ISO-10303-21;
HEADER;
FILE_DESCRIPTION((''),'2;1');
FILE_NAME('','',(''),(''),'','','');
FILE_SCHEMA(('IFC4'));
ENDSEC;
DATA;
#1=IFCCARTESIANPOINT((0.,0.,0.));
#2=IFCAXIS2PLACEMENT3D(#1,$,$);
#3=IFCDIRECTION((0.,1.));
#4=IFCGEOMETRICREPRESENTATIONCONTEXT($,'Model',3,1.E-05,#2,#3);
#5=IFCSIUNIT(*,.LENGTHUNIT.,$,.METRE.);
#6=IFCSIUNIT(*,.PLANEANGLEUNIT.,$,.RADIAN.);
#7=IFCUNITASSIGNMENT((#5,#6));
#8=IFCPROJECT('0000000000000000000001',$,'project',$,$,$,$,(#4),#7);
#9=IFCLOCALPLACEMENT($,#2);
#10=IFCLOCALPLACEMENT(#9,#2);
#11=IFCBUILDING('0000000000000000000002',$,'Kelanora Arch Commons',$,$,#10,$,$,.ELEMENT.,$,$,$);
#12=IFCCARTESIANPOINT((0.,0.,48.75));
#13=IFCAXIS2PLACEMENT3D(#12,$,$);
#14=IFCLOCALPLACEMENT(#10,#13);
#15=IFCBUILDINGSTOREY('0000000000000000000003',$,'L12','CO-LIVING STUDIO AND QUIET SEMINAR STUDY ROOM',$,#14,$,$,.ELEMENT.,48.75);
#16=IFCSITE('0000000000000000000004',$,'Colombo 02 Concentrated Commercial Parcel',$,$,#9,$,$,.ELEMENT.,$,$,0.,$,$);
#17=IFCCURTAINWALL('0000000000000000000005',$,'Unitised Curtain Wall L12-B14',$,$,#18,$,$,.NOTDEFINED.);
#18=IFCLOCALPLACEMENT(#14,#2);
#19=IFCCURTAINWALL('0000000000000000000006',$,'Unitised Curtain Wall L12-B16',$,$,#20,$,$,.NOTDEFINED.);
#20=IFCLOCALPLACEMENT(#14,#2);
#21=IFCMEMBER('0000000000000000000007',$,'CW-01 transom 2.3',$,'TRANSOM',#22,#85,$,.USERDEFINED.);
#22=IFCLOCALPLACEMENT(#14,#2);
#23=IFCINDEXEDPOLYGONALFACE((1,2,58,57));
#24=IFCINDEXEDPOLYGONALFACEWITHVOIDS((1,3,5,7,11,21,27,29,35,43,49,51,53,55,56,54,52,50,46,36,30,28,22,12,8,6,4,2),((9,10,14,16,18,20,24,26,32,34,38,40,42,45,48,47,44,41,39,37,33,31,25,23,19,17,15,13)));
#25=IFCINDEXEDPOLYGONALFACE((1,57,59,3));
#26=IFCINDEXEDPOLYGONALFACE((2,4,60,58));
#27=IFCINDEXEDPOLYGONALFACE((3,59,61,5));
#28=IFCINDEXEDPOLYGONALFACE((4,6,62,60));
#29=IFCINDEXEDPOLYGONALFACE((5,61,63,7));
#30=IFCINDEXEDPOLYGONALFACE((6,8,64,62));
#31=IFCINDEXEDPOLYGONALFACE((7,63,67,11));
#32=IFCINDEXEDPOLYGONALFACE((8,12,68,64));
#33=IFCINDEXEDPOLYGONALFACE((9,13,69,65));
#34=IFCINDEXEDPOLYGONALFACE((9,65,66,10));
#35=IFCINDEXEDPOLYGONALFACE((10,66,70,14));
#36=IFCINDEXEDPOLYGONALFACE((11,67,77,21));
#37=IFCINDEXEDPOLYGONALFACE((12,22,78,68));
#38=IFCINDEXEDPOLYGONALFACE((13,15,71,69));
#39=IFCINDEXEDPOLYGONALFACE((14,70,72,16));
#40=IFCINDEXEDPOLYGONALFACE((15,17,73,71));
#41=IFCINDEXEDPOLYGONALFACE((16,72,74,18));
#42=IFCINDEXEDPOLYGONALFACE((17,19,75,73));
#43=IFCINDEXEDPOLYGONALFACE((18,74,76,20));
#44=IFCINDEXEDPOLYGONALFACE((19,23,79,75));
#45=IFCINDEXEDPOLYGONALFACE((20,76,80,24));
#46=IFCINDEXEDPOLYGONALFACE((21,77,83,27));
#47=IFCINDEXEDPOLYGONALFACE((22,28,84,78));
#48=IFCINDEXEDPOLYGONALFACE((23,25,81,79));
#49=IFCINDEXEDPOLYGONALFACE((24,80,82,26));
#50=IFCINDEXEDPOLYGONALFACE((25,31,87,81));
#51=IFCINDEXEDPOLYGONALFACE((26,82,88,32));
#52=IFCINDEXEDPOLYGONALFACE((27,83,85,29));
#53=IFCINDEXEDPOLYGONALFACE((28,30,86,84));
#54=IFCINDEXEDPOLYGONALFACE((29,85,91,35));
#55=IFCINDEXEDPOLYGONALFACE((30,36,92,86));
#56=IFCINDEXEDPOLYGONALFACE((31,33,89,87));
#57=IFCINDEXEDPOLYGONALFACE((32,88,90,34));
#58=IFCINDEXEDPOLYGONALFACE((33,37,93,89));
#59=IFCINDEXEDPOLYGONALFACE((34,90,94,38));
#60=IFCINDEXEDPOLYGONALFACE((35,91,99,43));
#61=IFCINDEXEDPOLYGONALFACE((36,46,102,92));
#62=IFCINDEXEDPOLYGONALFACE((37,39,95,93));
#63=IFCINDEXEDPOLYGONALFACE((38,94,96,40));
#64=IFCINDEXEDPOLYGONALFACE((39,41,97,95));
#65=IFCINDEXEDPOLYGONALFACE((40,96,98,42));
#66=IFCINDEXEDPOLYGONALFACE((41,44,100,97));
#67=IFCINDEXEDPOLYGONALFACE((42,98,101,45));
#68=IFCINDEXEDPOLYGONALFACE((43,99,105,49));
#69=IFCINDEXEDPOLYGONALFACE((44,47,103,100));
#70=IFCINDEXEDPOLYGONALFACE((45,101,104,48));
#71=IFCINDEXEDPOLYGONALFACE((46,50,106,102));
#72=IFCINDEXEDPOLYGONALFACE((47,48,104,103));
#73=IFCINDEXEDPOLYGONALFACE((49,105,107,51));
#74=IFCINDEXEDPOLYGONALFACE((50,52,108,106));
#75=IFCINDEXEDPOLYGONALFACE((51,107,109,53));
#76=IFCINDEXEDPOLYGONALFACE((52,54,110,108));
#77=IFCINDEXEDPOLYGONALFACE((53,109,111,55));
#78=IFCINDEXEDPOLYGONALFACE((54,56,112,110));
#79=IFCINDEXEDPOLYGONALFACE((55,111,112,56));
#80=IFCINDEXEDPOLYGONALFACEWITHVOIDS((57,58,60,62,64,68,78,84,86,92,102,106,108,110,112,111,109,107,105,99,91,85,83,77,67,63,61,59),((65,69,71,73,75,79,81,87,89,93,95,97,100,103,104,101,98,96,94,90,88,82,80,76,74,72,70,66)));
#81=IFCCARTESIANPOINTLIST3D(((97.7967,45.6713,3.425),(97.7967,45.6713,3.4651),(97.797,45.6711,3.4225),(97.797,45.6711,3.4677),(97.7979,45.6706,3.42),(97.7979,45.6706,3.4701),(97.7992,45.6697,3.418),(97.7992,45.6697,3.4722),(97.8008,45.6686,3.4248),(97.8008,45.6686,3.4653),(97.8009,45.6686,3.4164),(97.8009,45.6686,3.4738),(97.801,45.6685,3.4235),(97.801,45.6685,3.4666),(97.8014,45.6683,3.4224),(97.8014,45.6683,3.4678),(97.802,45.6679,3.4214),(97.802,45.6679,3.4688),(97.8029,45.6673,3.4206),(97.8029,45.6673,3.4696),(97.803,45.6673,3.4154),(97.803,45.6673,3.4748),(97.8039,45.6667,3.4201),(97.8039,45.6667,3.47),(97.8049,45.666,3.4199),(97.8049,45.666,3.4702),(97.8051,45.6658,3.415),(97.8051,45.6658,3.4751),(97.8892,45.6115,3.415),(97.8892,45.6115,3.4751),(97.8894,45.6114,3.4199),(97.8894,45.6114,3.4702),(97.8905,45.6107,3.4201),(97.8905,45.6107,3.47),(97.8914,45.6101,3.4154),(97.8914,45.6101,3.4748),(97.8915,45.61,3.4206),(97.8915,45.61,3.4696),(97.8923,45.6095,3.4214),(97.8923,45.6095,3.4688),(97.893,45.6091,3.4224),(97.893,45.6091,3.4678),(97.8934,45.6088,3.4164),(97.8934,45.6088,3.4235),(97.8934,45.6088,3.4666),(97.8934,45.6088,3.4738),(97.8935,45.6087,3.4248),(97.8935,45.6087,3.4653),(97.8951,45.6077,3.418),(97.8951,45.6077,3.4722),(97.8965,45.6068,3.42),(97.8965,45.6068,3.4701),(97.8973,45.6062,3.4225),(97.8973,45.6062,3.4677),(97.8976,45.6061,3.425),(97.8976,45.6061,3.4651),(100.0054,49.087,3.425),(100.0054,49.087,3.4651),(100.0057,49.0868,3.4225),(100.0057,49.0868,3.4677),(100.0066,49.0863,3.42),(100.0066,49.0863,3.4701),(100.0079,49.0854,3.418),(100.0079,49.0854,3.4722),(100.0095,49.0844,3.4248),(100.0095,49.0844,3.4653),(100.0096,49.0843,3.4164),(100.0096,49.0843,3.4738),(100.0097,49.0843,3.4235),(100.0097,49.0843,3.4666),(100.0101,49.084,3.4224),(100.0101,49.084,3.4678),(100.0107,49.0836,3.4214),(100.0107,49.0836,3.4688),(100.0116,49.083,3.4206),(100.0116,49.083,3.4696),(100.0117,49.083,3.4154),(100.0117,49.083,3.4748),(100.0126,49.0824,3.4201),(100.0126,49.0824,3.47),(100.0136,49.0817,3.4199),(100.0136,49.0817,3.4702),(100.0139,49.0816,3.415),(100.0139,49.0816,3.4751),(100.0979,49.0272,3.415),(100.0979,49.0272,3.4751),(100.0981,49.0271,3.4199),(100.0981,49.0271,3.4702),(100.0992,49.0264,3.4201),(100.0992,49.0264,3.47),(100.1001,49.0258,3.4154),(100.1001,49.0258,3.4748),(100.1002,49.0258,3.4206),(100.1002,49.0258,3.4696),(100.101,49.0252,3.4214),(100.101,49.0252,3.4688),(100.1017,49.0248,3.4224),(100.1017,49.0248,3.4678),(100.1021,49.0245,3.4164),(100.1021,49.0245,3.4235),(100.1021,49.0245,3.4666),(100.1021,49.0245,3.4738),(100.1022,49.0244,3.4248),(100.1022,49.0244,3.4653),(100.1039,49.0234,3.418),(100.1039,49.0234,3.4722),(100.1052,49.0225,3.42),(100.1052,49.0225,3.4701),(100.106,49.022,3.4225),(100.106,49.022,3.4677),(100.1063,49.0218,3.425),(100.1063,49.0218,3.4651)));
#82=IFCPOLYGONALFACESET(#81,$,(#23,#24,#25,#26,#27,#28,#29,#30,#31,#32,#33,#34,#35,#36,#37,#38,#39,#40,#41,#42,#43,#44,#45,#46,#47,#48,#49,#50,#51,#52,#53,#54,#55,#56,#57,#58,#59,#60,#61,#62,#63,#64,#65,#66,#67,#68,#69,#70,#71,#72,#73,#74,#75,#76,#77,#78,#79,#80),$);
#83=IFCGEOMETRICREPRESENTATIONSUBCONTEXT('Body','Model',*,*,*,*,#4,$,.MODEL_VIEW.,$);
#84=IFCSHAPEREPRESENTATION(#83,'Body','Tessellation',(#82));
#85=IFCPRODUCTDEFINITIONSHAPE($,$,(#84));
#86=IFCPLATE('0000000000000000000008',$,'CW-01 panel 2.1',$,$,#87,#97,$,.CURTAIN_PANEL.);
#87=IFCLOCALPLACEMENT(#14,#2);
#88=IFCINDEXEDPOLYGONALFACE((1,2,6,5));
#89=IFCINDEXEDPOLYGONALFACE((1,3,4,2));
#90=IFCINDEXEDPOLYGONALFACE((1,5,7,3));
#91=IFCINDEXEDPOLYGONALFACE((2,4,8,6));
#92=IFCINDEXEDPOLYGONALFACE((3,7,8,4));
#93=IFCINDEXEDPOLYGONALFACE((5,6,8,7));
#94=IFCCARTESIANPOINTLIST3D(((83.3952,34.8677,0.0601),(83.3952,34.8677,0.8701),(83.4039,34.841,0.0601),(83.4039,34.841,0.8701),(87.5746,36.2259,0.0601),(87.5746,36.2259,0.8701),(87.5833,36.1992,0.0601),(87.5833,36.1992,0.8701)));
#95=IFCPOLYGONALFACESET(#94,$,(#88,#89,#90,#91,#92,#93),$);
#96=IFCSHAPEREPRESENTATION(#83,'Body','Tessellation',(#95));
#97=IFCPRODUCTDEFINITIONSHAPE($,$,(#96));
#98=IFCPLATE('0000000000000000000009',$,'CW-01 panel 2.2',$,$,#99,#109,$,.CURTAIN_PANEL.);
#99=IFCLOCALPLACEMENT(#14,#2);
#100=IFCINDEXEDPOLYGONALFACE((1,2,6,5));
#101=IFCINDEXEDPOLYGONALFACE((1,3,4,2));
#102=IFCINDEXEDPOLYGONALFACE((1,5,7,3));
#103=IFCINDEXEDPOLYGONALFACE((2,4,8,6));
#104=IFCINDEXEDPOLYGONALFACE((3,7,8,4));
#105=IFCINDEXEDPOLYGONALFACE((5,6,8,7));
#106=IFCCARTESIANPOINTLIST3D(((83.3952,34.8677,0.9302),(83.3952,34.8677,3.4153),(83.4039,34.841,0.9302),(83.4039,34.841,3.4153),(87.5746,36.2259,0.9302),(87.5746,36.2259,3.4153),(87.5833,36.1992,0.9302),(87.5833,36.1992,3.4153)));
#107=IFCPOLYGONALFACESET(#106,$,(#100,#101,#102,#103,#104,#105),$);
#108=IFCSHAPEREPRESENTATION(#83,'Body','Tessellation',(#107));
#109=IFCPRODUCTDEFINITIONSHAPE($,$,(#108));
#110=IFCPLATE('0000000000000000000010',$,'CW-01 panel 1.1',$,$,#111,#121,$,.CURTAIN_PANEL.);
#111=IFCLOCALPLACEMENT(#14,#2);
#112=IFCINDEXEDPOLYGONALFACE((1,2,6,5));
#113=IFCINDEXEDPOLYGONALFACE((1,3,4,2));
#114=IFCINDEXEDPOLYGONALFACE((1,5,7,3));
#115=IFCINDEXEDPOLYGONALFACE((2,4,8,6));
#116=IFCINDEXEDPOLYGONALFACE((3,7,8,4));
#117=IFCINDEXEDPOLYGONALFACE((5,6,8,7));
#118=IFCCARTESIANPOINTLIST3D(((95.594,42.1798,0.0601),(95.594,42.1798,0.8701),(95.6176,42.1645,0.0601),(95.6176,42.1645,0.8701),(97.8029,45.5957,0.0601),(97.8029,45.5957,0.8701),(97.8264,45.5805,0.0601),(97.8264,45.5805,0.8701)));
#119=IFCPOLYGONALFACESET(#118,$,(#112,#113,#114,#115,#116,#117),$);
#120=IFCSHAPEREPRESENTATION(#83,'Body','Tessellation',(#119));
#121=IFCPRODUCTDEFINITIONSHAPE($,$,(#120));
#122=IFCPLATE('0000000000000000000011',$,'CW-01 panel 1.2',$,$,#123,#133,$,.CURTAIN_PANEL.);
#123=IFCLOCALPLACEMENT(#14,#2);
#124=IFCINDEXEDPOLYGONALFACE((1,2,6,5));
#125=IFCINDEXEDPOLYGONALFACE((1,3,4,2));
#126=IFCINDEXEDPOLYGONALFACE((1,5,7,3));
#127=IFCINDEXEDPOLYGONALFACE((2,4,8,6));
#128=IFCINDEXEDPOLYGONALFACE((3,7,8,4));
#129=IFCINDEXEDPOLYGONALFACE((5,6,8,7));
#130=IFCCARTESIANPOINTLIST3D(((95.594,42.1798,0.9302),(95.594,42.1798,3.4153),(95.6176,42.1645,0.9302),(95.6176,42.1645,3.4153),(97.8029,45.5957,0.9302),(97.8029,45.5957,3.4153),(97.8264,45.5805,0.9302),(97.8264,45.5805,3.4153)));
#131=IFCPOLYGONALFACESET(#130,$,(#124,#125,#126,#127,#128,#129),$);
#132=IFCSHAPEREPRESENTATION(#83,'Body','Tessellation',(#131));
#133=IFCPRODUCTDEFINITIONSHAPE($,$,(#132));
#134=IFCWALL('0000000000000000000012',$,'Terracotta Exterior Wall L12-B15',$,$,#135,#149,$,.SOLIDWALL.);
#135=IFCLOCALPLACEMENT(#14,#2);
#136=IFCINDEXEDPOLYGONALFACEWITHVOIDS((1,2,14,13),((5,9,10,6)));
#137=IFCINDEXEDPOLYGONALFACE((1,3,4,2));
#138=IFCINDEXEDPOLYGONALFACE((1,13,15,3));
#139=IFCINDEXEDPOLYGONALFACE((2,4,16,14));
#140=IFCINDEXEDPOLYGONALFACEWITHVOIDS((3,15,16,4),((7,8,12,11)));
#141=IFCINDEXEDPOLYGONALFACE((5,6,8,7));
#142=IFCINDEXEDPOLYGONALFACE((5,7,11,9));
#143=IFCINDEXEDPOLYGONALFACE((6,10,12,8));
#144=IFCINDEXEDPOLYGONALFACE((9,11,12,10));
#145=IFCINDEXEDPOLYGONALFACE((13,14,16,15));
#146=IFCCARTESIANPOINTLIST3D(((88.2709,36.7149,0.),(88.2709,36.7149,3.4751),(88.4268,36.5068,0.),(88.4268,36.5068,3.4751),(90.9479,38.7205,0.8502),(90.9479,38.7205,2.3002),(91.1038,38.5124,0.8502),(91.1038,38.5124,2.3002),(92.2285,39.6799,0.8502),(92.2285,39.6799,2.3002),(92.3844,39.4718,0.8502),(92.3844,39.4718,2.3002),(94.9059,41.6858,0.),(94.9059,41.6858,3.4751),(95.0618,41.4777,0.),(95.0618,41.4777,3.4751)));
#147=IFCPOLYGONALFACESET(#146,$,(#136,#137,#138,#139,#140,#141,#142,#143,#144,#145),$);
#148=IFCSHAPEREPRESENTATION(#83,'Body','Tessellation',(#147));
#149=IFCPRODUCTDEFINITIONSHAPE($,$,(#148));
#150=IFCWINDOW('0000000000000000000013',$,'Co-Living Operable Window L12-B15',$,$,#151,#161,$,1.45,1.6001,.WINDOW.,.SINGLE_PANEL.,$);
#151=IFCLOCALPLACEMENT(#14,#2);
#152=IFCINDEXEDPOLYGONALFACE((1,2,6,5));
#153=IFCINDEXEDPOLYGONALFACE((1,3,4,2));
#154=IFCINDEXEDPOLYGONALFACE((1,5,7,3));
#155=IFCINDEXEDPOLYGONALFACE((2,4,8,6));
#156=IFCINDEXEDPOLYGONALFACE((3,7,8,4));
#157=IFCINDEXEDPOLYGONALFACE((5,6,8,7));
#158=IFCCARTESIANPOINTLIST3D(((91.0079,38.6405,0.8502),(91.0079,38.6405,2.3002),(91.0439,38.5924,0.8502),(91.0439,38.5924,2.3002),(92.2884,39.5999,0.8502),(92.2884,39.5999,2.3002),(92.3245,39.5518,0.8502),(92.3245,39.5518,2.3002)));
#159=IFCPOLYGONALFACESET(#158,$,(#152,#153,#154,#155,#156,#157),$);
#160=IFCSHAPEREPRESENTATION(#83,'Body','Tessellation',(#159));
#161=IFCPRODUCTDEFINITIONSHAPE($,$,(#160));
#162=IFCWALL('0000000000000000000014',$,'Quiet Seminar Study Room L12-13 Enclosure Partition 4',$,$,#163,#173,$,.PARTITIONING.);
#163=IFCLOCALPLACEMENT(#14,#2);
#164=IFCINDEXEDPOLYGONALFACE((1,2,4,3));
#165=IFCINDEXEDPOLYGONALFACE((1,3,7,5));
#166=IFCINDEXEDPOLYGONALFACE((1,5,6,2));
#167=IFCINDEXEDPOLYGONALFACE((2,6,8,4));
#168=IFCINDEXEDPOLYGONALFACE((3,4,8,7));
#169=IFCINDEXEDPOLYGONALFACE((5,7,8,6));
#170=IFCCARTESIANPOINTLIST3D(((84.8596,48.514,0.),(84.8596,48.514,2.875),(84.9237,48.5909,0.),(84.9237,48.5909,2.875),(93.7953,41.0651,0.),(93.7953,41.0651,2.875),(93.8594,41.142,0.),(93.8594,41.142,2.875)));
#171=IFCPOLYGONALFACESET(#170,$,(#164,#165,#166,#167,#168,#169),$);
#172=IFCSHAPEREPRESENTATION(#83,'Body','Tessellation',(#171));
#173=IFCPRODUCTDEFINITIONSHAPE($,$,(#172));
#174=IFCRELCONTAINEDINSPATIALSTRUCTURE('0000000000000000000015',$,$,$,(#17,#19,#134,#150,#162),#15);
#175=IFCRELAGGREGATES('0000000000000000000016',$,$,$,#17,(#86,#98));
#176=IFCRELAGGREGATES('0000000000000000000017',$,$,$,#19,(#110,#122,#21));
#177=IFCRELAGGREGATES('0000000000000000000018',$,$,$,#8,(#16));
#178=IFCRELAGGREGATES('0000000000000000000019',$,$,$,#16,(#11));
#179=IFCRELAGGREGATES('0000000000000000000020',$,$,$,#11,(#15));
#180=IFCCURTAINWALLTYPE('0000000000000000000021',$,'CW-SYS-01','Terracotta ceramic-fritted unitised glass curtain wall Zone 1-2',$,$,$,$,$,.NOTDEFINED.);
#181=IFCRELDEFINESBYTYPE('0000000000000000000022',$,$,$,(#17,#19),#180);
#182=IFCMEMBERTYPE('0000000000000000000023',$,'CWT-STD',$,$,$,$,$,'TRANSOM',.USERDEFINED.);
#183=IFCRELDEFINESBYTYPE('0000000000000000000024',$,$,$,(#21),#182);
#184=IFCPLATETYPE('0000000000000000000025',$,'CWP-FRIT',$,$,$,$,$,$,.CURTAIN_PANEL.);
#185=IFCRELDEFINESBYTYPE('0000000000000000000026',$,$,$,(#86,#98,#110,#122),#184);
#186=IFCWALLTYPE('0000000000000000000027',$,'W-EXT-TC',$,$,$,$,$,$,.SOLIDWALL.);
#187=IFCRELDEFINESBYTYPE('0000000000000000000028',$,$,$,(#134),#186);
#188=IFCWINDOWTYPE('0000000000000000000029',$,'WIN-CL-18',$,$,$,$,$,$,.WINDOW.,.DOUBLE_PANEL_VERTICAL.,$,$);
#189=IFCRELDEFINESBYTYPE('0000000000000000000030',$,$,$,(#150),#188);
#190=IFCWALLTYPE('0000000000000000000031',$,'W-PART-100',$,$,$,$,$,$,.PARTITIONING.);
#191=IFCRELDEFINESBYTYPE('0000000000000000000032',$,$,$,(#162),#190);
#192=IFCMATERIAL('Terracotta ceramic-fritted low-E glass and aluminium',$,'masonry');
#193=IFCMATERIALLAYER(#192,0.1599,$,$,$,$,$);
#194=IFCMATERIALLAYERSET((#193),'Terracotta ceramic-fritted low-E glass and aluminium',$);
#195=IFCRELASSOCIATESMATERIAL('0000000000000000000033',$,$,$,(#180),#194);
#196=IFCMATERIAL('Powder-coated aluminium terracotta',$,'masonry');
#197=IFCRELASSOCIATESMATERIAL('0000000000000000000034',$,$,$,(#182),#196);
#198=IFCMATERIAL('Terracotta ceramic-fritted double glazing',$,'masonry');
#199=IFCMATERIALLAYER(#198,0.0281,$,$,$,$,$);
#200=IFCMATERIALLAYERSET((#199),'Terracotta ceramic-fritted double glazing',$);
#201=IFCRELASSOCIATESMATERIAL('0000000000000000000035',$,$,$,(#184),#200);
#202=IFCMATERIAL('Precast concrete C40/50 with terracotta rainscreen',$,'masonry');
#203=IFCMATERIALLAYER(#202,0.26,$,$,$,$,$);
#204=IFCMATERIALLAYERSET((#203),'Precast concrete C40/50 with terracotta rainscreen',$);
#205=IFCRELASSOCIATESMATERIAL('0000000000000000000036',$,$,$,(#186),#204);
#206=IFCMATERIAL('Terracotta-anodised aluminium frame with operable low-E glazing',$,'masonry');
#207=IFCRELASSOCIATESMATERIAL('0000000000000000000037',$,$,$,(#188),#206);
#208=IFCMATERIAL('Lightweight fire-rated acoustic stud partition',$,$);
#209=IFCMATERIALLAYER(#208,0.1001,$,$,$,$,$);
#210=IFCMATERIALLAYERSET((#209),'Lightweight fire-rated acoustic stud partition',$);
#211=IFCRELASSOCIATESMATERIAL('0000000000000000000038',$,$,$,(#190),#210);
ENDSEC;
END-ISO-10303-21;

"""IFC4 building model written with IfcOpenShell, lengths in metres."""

from ifc_helpers import new_model, si_unit, direction, frame, frame_2d, origin, origin_2d, place, context, subcontext, project, spatial, rectangle, hollow_rectangle, extrude, source, transform, mapped, material, layer, layer_set, material_profile, profile_set, type_object, element, fill, aggregate, save


model = new_model("IFC4")

# Units and contexts
model_context = context("Model", 3, precision=1e-05, world=origin(), true_north=direction((0.0, 1.0)))
body_context = subcontext(model_context, "Body", "Model", "MODEL_VIEW")
ifc_project = project(units=[si_unit("LENGTHUNIT", "METRE"), si_unit("PLANEANGLEUNIT", "RADIAN")], contexts=[model_context])

# Site, building, storey
site_placement = place(None, origin())
site = spatial("IfcSite", under=ifc_project, at=site_placement, Name="Colombo 02 Concentrated Commercial Parcel", CompositionType="ELEMENT", RefElevation=0.0)
building_placement = place(site_placement, origin())
building = spatial("IfcBuilding", under=site, at=building_placement, Name="Kelanora Arch Commons", CompositionType="ELEMENT")
storey_placement = place(building_placement, frame((0.0, 0.0, 48.75)))
storey = spatial("IfcBuildingStorey", under=building, at=storey_placement, Name="L12", Description="CO-LIVING STUDIO AND QUIET SEMINAR STUDY ROOM", CompositionType="ELEMENT", Elevation=48.75)

# Curtain wall
ifc_material_1 = material(Name="Terracotta ceramic-fritted low-E glass and aluminium", Category="masonry")
ifc_layer_1 = layer(ifc_material_1, 0.1599)
ifc_layer_set_1 = layer_set([ifc_layer_1], Name="Terracotta ceramic-fritted low-E glass and aluminium")
curtain_wall_type = type_object("IfcCurtainWallType", Name="CW-SYS-01", Description="Terracotta ceramic-fritted unitised glass curtain wall Zone 1-2", PredefinedType="NOTDEFINED", material=ifc_layer_set_1)
curtain_wall_1_placement = place(storey_placement, origin())
curtain_wall_1 = element("IfcCurtainWall", 1, at=curtain_wall_1_placement, inside=storey, type_object=curtain_wall_type, Name="Unitised Curtain Wall L12-B14", PredefinedType="NOTDEFINED")
ifc_material_2 = material(Name="Powder-coated aluminium terracotta", Category="masonry")

# Curtain wall, member
curtain_wall_2_placement = place(storey_placement, origin())
curtain_wall_2 = element("IfcCurtainWall", 2, at=curtain_wall_2_placement, inside=storey, type_object=curtain_wall_type, Name="Unitised Curtain Wall L12-B16", PredefinedType="NOTDEFINED")
ifc_material_profile_1 = material_profile(ifc_material_2, hollow_rectangle(XDim=0.1201, YDim=0.0601, WallThickness=0.0049, InnerFilletRadius=0.0049, OuterFilletRadius=0.01, at=origin_2d()), Name="CWT120x60")
ifc_profile_set_1 = profile_set([ifc_material_profile_1], Name="Powder-coated aluminium terracotta")
member_type_1 = type_object("IfcMemberType", Name="CWT-STD", ElementType="TRANSOM", PredefinedType="USERDEFINED", material=ifc_profile_set_1)
member_1_placement = place(storey_placement, frame((97.8472, 45.6387, 3.4451), z_axis=(0.542997, 0.839734, 0.0), x_axis=(-0.839734, 0.542997, 0.0)))
member_1 = element("IfcMember", 3, at=member_1_placement, type_object=member_type_1, Name="CW-01 transom 2.3", ObjectType="TRANSOM", PredefinedType="USERDEFINED", context=body_context, shape_type="SweptSolid", body=[
    extrude(hollow_rectangle(XDim=0.1201, YDim=0.0601, WallThickness=0.0049, InnerFilletRadius=0.0049, OuterFilletRadius=0.01, at=origin_2d()), origin(), (0.0, 0.0, 1.0), 4.0676),
])

# Plates
ifc_material_3 = material(Name="Terracotta ceramic-fritted double glazing", Category="masonry")
ifc_layer_2 = layer(ifc_material_3, 0.0281)
ifc_layer_set_2 = layer_set([ifc_layer_2], Name="Terracotta ceramic-fritted double glazing")
plate_type = type_object("IfcPlateType", Name="CWP-FRIT", PredefinedType="CURTAIN_PANEL", material=ifc_layer_set_2)
shared_shape_1 = source(origin(), body_context, "Body", "SweptSolid", [
    extrude(rectangle(XDim=4.3945, YDim=0.0281, at=origin_2d()), origin(), (0.0, 0.0, 1.0), 0.8101),
])
plate_1_placement = place(storey_placement, frame((85.4893, 35.5334, 0.0601), z_axis=(0.0, 0.0, 1.0), x_axis=(0.951043, 0.309058, 0.0)))
plate_1 = element("IfcPlate", 4, at=plate_1_placement, type_object=plate_type, Name="CW-01 panel 2.1", PredefinedType="CURTAIN_PANEL", context=body_context, shape_type="MappedRepresentation", body=[
    mapped(shared_shape_1, transform((0.0, 0.0, 0.0), scale=1.0)),
])
shared_shape_2 = source(origin(), body_context, "Body", "SweptSolid", [
    extrude(rectangle(XDim=4.3945, YDim=0.0281, at=origin_2d()), origin(), (0.0, 0.0, 1.0), 2.4851),
])
plate_2_placement = place(storey_placement, frame((85.4893, 35.5334, 0.9302), z_axis=(0.0, 0.0, 1.0), x_axis=(0.951043, 0.309058, 0.0)))
plate_2 = element("IfcPlate", 5, at=plate_2_placement, type_object=plate_type, Name="CW-01 panel 2.2", PredefinedType="CURTAIN_PANEL", context=body_context, shape_type="MappedRepresentation", body=[
    mapped(shared_shape_2, transform((0.0, 0.0, 0.0), scale=1.0)),
])
aggregate(curtain_wall_1, [plate_1, plate_2])
shared_shape_3 = source(origin(), body_context, "Body", "SweptSolid", [
    extrude(rectangle(XDim=4.0679, YDim=0.0281, at=origin_2d()), origin(), (0.0, 0.0, 1.0), 0.8101),
])
plate_3_placement = place(storey_placement, frame((96.7102, 43.8801, 0.0601), z_axis=(0.0, 0.0, 1.0), x_axis=(0.543004, 0.83973, 0.0)))
plate_3 = element("IfcPlate", 6, at=plate_3_placement, type_object=plate_type, Name="CW-01 panel 1.1", PredefinedType="CURTAIN_PANEL", context=body_context, shape_type="MappedRepresentation", body=[
    mapped(shared_shape_3, transform((0.0, 0.0, 0.0), scale=1.0)),
])
shared_shape_4 = source(origin(), body_context, "Body", "SweptSolid", [
    extrude(rectangle(XDim=4.0679, YDim=0.0281, at=origin_2d()), origin(), (0.0, 0.0, 1.0), 2.4851),
])
plate_4_placement = place(storey_placement, frame((96.7102, 43.8801, 0.9302), z_axis=(0.0, 0.0, 1.0), x_axis=(0.543004, 0.83973, 0.0)))
plate_4 = element("IfcPlate", 7, at=plate_4_placement, type_object=plate_type, Name="CW-01 panel 1.2", PredefinedType="CURTAIN_PANEL", context=body_context, shape_type="MappedRepresentation", body=[
    mapped(shared_shape_4, transform((0.0, 0.0, 0.0), scale=1.0)),
])
aggregate(curtain_wall_2, [plate_3, plate_4, member_1])

# Wall, opening, window
ifc_material_4 = material(Name="Precast concrete C40/50 with terracotta rainscreen", Category="masonry")
ifc_layer_3 = layer(ifc_material_4, 0.26)
ifc_layer_set_3 = layer_set([ifc_layer_3], Name="Precast concrete C40/50 with terracotta rainscreen")
wall_type_1 = type_object("IfcWallType", Name="W-EXT-TC", PredefinedType="SOLIDWALL", material=ifc_layer_set_3)
wall_1_placement = place(storey_placement, frame((88.3489, 36.6108, 0.0), z_axis=(0.0, 0.0, 1.0), x_axis=(0.800307, 0.59959, 0.0)))
wall_1 = element("IfcWall", 8, at=wall_1_placement, inside=storey, type_object=wall_type_1, Name="Terracotta Exterior Wall L12-B15", PredefinedType="SOLIDWALL", context=body_context, shape_type="SweptSolid", body=[
    extrude(rectangle(XDim=8.2905, YDim=0.26, at=frame_2d((4.1453, 0.0))), origin(), (0.0, 0.0, 1.0), 3.4751),
])
opening_placement = place(wall_1_placement, frame((3.345, 0.0, 0.8501)))
opening = element("IfcOpeningElement", 9, at=opening_placement, cuts=wall_1, PredefinedType="OPENING", context=body_context, shape_type="SweptSolid", body=[
    extrude(rectangle(XDim=1.6001, YDim=1.45, at=frame_2d((0.8, 0.7251))), frame((0.0, 0.1401, 0.0), z_axis=(0.0, -1.0, 0.0), x_axis=(1.0, 0.0, 0.0)), (0.0, 0.0, 1.0), 0.28),
])
ifc_material_5 = material(Name="Terracotta-anodised aluminium frame with operable low-E glazing", Category="masonry")
window_type = type_object("IfcWindowType", Name="WIN-CL-18", PartitioningType="DOUBLE_PANEL_VERTICAL", PredefinedType="WINDOW", material=ifc_material_5)
window_placement = place(opening_placement, origin())
window = element("IfcWindow", 10, at=window_placement, inside=storey, type_object=window_type, Name="Co-Living Operable Window L12-B15", OverallHeight=1.45, OverallWidth=1.6001, PartitioningType="SINGLE_PANEL", PredefinedType="WINDOW", context=body_context, shape_type="SweptSolid", body=[
    extrude(rectangle(XDim=1.6001, YDim=1.45, at=frame_2d((0.8, 0.7251))), frame((0.0, 0.03, 0.0), z_axis=(0.0, -1.0, 0.0), x_axis=(1.0, 0.0, 0.0)), (0.0, 0.0, 1.0), 0.0601),
])
fill(opening, window)

# Wall
ifc_material_6 = material(Name="Lightweight fire-rated acoustic stud partition")
ifc_layer_4 = layer(ifc_material_6, 0.1001)
ifc_layer_set_4 = layer_set([ifc_layer_4], Name="Lightweight fire-rated acoustic stud partition")
wall_type_2 = type_object("IfcWallType", Name="W-PART-100", PredefinedType="PARTITIONING", material=ifc_layer_set_4)
wall_2_placement = place(storey_placement, frame((93.8274, 41.1035, 0.0), z_axis=(0.0, 0.0, 1.0), x_axis=(-0.768116, 0.64031, 0.0)))
element("IfcWall", 11, at=wall_2_placement, inside=storey, type_object=wall_type_2, Name="Quiet Seminar Study Room L12-13 Enclosure Partition 4", PredefinedType="PARTITIONING", context=body_context, shape_type="SweptSolid", body=[
    extrude(rectangle(XDim=11.6333, YDim=0.1001, at=frame_2d((5.8167, 0.0))), origin(), (0.0, 0.0, 1.0), 2.875),
])

save(model, "model.ifc")
